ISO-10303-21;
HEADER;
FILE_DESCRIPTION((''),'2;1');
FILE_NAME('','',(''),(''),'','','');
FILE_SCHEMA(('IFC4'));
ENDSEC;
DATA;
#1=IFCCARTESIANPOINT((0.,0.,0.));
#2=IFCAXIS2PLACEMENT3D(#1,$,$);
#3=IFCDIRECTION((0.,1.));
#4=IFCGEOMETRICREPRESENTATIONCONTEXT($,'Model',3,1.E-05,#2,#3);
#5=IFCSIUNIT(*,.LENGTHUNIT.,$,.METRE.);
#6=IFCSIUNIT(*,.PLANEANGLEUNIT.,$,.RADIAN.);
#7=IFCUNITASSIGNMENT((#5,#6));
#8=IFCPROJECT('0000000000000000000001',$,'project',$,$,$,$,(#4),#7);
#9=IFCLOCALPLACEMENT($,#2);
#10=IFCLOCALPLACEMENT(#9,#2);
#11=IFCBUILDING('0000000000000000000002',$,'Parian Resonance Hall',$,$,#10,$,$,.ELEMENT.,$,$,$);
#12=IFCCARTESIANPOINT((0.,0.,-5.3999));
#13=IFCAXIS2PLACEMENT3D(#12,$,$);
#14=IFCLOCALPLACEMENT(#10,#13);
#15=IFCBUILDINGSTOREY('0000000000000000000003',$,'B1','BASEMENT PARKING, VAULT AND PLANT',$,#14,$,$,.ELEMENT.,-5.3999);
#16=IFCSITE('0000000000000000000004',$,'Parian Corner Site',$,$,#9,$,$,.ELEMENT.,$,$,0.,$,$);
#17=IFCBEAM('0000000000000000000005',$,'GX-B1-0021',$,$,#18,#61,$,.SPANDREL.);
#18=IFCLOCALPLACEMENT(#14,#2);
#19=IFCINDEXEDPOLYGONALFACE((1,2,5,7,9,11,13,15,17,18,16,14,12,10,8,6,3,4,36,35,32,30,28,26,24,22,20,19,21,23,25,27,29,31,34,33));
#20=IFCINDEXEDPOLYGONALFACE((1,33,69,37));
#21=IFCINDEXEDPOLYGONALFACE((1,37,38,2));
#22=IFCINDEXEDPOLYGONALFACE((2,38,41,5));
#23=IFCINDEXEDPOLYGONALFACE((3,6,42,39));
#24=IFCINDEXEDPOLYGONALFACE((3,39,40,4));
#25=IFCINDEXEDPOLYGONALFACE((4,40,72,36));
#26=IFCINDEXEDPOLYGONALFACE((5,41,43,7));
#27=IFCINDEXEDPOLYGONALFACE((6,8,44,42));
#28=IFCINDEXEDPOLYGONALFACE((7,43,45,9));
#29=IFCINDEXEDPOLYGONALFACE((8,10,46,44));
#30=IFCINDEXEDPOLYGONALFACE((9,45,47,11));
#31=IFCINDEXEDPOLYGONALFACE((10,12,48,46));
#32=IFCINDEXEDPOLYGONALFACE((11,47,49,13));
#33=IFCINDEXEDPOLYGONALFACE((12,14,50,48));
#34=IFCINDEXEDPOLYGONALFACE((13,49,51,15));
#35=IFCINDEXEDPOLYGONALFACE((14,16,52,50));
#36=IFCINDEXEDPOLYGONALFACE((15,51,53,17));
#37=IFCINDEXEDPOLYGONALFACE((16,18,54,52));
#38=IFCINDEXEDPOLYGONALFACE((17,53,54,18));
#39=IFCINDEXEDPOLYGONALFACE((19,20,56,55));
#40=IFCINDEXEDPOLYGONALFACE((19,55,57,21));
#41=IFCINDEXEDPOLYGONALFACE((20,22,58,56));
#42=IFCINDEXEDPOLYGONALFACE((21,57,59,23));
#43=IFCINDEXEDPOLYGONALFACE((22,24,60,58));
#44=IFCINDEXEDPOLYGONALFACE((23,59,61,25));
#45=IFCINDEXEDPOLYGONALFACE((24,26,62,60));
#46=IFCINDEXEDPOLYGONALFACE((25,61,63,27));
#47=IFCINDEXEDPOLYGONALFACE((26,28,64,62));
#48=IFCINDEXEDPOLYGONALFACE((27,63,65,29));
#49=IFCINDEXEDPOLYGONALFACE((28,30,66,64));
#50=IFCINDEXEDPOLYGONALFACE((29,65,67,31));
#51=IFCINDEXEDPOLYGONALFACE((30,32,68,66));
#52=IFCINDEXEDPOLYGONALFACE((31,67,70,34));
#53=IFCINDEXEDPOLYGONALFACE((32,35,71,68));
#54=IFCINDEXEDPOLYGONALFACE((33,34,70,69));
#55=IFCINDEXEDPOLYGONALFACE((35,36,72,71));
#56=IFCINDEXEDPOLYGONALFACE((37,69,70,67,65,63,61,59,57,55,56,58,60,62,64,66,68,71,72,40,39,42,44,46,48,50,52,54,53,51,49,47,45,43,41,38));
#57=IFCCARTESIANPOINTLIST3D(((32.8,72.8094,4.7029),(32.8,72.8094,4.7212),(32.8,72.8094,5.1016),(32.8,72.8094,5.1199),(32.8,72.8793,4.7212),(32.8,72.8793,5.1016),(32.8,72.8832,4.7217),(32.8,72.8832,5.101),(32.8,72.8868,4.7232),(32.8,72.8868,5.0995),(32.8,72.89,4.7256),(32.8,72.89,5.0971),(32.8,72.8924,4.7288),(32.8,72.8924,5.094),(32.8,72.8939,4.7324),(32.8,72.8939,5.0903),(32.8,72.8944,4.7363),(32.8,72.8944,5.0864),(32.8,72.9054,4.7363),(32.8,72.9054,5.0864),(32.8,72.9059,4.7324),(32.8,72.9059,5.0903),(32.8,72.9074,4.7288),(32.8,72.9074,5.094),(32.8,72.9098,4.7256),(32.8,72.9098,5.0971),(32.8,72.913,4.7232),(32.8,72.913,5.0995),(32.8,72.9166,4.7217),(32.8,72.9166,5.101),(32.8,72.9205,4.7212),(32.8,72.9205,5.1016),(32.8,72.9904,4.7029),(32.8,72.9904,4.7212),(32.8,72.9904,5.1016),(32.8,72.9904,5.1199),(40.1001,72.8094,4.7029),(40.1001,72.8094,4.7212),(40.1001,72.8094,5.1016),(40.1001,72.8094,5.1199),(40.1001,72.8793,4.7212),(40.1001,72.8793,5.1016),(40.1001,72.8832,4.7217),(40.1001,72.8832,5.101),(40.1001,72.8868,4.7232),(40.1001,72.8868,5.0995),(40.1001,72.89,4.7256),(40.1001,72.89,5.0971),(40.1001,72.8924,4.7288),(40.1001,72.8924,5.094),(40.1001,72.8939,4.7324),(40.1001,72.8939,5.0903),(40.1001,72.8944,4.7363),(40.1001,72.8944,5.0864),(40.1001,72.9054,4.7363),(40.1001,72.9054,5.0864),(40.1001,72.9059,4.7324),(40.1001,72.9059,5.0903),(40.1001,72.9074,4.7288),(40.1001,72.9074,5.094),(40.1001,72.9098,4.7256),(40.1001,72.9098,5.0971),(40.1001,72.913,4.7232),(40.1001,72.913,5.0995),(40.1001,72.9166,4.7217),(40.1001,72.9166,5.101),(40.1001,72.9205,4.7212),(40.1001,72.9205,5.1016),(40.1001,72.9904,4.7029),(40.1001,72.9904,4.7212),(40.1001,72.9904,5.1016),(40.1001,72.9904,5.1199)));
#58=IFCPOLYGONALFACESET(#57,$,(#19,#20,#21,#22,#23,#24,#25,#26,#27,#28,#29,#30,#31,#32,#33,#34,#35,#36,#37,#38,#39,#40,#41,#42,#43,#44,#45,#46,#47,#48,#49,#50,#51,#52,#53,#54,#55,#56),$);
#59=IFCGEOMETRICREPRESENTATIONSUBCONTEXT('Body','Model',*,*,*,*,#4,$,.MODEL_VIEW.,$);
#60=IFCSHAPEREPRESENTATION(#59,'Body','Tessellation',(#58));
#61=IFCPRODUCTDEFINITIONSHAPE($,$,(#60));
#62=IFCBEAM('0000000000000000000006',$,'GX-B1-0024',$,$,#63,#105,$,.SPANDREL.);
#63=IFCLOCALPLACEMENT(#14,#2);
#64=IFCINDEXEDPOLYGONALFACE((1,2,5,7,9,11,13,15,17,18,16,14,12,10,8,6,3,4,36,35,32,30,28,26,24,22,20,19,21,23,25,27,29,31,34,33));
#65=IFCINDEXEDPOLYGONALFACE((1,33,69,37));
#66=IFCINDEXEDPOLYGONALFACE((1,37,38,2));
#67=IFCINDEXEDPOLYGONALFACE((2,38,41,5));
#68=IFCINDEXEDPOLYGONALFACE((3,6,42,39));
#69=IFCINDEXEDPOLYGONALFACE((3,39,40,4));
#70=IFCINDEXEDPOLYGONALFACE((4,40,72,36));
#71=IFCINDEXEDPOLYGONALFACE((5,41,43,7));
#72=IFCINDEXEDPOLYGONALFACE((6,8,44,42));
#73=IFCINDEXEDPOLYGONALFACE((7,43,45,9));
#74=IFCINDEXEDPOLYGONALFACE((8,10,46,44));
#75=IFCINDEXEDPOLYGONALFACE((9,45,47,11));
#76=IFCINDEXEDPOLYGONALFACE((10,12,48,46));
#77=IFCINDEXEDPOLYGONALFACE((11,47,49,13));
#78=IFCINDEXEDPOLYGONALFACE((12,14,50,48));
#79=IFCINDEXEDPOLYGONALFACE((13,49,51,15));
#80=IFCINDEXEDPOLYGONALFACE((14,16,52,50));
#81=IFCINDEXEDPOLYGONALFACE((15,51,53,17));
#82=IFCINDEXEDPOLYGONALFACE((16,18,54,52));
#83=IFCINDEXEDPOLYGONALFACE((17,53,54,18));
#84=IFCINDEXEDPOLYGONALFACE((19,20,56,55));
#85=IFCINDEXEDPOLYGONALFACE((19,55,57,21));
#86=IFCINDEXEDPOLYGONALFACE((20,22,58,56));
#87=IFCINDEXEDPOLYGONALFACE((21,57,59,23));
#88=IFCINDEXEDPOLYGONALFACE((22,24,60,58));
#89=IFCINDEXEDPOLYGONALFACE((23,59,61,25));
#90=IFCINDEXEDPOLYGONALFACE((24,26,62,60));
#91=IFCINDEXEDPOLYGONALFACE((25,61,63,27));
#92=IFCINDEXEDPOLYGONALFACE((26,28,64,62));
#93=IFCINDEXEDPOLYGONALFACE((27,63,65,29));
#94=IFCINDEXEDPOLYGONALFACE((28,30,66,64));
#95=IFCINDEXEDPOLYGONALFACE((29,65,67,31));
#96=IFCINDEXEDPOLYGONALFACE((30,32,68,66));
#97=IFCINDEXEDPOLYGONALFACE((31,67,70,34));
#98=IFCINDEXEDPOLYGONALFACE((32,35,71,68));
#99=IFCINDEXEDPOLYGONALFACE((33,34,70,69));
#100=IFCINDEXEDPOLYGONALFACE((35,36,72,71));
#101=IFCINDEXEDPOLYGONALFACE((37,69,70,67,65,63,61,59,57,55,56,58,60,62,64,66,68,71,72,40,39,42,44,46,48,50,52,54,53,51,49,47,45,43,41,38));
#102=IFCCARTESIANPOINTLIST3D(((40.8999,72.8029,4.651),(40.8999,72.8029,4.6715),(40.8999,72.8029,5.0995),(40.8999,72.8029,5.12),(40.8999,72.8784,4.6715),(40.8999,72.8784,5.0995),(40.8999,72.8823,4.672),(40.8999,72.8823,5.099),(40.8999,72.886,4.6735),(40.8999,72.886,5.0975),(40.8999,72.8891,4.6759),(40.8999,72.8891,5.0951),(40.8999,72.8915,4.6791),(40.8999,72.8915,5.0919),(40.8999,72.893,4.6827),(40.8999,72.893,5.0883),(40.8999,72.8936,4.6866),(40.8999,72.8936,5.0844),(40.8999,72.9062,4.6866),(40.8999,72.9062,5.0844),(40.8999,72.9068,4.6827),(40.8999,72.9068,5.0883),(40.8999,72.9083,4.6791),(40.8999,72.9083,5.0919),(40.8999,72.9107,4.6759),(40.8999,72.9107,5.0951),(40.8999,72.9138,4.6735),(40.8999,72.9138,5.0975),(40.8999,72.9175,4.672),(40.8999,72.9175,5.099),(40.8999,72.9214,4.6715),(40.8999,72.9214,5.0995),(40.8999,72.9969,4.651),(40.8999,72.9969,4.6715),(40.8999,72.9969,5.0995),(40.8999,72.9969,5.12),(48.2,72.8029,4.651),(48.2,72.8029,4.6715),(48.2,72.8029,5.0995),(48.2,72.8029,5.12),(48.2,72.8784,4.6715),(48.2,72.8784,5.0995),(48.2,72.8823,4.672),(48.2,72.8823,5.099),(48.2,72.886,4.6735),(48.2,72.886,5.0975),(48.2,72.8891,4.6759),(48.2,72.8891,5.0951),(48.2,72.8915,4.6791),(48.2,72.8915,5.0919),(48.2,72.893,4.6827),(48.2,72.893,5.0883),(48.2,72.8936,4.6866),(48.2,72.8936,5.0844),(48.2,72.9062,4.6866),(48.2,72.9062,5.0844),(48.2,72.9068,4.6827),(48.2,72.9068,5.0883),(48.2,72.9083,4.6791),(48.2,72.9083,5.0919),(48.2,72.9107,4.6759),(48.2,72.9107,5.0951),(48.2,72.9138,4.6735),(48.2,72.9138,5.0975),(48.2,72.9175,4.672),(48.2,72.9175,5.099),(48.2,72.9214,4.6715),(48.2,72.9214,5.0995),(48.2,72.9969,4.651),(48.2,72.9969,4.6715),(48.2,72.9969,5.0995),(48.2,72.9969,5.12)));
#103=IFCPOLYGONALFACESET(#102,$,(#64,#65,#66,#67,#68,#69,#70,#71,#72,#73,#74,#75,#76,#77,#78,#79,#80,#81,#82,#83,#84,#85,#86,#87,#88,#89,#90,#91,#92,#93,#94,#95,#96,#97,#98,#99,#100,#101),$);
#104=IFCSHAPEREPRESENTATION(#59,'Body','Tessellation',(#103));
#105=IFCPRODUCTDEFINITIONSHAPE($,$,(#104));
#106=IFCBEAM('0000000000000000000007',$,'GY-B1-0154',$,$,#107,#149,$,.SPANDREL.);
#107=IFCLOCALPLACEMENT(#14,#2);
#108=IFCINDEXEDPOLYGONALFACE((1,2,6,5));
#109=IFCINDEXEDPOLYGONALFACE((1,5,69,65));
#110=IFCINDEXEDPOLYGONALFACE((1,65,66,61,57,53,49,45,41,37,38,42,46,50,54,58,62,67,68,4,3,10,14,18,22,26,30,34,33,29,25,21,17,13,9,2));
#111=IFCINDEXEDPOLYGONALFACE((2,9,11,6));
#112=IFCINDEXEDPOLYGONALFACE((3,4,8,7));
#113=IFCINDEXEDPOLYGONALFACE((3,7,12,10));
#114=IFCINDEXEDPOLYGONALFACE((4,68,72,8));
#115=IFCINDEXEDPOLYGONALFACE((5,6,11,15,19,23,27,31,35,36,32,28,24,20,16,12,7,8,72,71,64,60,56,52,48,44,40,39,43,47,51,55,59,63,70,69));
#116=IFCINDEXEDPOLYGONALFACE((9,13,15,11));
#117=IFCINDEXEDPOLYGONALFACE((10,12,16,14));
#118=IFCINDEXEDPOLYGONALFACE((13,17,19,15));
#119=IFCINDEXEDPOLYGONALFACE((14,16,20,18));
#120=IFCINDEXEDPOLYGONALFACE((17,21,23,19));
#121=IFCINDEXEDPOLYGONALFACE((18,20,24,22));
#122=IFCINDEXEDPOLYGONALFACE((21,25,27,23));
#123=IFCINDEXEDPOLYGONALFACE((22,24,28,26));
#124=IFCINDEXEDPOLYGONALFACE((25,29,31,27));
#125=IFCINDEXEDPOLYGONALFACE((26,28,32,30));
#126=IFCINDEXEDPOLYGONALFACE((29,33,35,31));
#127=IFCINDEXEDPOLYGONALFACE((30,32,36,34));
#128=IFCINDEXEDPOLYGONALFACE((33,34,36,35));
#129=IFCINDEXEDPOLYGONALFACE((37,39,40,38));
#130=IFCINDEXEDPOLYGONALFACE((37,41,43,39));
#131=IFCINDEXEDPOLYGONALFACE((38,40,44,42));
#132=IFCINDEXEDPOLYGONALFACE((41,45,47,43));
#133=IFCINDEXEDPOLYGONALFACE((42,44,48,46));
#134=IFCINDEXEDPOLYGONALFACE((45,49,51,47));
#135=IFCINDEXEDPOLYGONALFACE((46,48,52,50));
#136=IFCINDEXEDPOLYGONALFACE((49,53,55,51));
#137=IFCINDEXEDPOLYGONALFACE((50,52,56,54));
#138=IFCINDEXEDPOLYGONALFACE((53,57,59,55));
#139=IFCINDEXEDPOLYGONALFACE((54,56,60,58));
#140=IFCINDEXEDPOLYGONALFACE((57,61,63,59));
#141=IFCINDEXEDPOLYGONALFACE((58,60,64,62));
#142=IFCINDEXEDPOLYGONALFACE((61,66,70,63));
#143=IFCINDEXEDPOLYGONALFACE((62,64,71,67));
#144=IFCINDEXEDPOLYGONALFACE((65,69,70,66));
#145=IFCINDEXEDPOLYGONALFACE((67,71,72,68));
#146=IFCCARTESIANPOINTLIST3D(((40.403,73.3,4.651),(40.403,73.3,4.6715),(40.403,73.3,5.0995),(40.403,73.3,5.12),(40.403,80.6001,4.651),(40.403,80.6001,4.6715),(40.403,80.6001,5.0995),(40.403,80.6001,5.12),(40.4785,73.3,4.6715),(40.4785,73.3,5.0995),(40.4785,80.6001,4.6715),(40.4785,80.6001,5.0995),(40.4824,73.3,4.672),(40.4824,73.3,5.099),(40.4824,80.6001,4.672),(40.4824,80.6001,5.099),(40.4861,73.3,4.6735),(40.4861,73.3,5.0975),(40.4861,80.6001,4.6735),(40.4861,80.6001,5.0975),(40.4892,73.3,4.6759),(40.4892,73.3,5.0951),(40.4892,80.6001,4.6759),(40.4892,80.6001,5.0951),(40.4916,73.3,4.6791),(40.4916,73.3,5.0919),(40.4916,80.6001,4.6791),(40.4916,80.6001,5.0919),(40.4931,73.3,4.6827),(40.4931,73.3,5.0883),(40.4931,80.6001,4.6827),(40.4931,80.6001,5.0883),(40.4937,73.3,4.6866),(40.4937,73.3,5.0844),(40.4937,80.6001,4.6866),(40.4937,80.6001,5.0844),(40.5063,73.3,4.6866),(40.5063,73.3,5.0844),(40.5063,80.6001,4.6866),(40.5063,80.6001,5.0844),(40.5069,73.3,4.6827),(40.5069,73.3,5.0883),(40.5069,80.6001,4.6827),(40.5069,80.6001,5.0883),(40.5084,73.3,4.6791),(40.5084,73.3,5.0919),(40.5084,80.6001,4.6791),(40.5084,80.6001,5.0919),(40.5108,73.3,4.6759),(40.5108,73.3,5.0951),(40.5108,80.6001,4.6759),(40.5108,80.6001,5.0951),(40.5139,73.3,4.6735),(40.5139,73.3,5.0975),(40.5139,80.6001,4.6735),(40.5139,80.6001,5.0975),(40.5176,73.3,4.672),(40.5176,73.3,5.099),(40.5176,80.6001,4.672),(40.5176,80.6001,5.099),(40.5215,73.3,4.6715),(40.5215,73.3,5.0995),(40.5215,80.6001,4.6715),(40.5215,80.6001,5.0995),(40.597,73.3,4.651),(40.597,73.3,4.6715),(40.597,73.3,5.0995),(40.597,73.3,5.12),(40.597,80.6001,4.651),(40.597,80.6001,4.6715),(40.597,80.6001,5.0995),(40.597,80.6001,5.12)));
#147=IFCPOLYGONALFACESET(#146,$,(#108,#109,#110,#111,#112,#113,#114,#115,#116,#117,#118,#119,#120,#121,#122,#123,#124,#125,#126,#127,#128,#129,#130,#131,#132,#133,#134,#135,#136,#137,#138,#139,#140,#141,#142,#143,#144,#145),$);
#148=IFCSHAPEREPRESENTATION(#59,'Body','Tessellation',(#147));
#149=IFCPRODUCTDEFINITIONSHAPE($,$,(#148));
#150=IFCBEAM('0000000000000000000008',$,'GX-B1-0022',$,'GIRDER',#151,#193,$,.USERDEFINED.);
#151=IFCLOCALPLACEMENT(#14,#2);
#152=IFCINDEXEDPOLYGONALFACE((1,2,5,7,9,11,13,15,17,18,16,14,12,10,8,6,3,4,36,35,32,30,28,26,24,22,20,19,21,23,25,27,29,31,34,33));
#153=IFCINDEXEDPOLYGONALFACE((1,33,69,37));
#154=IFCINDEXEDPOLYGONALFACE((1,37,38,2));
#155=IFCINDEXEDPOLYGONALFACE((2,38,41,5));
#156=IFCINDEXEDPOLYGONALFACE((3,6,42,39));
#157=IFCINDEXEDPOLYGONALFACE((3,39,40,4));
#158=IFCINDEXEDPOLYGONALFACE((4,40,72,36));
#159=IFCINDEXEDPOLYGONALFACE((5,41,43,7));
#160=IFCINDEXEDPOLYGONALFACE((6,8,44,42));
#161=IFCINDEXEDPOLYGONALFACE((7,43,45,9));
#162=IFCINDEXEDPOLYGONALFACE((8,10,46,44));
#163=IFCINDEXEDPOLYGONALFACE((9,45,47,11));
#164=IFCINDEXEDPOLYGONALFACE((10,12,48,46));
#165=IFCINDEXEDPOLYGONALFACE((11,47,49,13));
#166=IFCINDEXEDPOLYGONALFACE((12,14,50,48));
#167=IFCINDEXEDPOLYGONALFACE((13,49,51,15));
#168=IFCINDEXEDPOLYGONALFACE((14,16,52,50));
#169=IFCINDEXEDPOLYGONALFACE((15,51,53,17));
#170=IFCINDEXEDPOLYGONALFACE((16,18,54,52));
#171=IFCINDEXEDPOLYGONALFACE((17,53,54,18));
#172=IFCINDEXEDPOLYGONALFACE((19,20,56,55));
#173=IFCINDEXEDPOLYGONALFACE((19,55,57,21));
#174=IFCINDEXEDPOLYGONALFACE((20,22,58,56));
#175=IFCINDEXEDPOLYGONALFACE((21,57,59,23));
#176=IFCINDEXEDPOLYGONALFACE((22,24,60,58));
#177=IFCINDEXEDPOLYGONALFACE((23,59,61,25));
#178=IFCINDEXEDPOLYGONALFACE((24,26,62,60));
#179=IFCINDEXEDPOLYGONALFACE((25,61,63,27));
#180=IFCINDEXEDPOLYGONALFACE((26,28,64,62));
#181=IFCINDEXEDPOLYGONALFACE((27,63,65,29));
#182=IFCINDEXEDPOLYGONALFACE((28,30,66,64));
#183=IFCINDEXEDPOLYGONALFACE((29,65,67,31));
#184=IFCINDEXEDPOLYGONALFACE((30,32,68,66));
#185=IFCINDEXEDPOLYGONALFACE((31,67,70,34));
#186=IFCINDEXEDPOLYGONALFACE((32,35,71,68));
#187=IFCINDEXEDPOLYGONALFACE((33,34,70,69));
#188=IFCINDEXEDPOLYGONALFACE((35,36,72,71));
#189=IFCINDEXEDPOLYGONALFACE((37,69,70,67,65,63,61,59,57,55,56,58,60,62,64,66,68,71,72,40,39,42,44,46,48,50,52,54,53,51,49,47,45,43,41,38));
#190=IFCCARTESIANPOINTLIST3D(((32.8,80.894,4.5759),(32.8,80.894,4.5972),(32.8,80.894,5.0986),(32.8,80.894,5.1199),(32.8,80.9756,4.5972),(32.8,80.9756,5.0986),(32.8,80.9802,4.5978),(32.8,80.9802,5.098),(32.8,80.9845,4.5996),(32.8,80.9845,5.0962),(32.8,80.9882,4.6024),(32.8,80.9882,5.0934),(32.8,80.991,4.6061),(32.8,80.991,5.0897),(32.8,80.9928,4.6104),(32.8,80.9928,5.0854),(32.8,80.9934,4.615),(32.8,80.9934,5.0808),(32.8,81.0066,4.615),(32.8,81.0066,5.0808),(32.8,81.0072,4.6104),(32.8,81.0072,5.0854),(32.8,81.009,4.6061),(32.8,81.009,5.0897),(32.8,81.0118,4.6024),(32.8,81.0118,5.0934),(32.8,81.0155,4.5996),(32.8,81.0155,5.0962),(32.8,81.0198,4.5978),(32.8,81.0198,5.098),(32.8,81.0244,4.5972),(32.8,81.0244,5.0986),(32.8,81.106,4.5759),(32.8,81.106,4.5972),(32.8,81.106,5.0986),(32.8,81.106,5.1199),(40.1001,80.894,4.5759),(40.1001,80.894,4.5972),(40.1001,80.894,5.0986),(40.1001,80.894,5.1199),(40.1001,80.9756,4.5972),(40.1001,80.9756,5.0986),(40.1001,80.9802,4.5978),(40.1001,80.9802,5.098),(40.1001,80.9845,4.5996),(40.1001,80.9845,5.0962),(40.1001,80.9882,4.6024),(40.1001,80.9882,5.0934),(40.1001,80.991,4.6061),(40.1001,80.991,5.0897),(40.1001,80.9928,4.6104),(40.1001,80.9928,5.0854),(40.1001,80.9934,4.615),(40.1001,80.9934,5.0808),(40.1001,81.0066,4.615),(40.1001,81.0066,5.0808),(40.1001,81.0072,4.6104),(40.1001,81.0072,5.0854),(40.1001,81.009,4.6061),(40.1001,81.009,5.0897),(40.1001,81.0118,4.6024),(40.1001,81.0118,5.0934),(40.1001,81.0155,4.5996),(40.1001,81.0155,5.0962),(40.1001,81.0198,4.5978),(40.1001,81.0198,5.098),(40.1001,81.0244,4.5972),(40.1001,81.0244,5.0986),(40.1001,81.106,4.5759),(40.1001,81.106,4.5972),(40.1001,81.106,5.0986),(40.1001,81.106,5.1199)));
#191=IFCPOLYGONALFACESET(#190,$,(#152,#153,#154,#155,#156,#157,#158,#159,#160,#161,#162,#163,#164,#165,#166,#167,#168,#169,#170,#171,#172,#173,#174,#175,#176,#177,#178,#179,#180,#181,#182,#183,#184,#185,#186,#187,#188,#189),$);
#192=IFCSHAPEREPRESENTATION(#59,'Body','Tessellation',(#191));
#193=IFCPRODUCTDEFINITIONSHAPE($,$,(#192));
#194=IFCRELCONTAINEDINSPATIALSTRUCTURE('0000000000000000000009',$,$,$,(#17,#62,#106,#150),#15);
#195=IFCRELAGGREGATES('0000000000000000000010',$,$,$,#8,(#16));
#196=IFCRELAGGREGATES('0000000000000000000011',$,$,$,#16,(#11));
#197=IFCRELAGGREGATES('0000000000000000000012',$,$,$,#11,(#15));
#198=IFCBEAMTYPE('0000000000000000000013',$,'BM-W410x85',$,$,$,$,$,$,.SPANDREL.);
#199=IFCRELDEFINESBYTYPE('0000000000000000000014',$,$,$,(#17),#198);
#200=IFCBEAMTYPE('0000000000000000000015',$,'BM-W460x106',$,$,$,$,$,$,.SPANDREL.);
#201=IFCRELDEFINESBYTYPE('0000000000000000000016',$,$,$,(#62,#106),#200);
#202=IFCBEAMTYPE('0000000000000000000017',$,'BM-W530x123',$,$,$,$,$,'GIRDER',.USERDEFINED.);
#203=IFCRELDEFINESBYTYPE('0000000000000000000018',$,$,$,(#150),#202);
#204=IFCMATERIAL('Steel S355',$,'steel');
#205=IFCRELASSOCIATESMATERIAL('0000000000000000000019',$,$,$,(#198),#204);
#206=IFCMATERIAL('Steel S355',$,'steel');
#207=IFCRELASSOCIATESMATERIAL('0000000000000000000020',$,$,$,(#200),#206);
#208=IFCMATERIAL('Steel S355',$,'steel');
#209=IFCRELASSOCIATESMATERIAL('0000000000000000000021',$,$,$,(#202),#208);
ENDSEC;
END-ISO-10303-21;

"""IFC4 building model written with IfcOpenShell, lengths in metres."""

from ifc_helpers import new_model, si_unit, direction, frame, origin, origin_2d, place, context, subcontext, project, spatial, i_section, extrude, material, material_profile, profile_set, type_object, element, save


model = new_model("IFC4")

# Units and contexts
model_context = context("Model", 3, precision=1e-05, world=origin(), true_north=direction((0.0, 1.0)))
body_context = subcontext(model_context, "Body", "Model", "MODEL_VIEW")
ifc_project = project(units=[si_unit("LENGTHUNIT", "METRE"), si_unit("PLANEANGLEUNIT", "RADIAN")], contexts=[model_context])

# Site, building, storey
site_placement = place(None, origin())
site = spatial("IfcSite", under=ifc_project, at=site_placement, Name="Parian Corner Site", CompositionType="ELEMENT", RefElevation=0.0)
building_placement = place(site_placement, origin())
building = spatial("IfcBuilding", under=site, at=building_placement, Name="Parian Resonance Hall", CompositionType="ELEMENT")
storey_placement = place(building_placement, frame((0.0, 0.0, -5.3999)))
storey = spatial("IfcBuildingStorey", under=building, at=storey_placement, Name="B1", Description="BASEMENT PARKING, VAULT AND PLANT", CompositionType="ELEMENT", Elevation=-5.3999)

# Beams
ifc_material_1 = material(Name="Steel S355", Category="steel")
ifc_material_profile_1 = material_profile(ifc_material_1, i_section(OverallWidth=0.1809, OverallDepth=0.417, WebThickness=0.011, FlangeThickness=0.0183, FilletRadius=0.0151, at=origin_2d()), Name="W410x85")
ifc_profile_set_1 = profile_set([ifc_material_profile_1], Name="Steel S355")
beam_type_1 = type_object("IfcBeamType", Name="BM-W410x85", PredefinedType="SPANDREL", material=ifc_profile_set_1)
beam_1_placement = place(storey_placement, frame((32.8, 72.8999, 4.9114), z_axis=(1.0, 0.0, 0.0), x_axis=(0.0, 1.0, 0.0)))
element("IfcBeam", 1, at=beam_1_placement, inside=storey, type_object=beam_type_1, Name="GX-B1-0021", PredefinedType="SPANDREL", context=body_context, shape_type="SweptSolid", body=[
    extrude(i_section(OverallWidth=0.1809, OverallDepth=0.417, WebThickness=0.011, FlangeThickness=0.0183, FilletRadius=0.0151, at=origin_2d()), origin(), (0.0, 0.0, 1.0), 7.3),
])
ifc_material_2 = material(Name="Steel S355", Category="steel")
ifc_material_profile_2 = material_profile(ifc_material_2, i_section(OverallWidth=0.1941, OverallDepth=0.469, WebThickness=0.0127, FlangeThickness=0.0205, FilletRadius=0.0151, at=origin_2d()), Name="W460x106")
ifc_profile_set_2 = profile_set([ifc_material_profile_2], Name="Steel S355")
beam_type_2 = type_object("IfcBeamType", Name="BM-W460x106", PredefinedType="SPANDREL", material=ifc_profile_set_2)
for number, where, z_axis, x_axis, name in (
    (2, (40.8999, 72.8999, 4.8855), (1.0, 0.0, 0.0), (0.0, 1.0, 0.0), "GX-B1-0024"),
    (3, (40.5, 73.3, 4.8855), (0.0, 1.0, 0.0), (-1.0, 0.0, 0.0), "GY-B1-0154"),
):
    element("IfcBeam", number, at=place(storey_placement, frame(where, z_axis=z_axis, x_axis=x_axis)), inside=storey, type_object=beam_type_2, Name=name, PredefinedType="SPANDREL", context=body_context, shape_type="SweptSolid", body=[
        extrude(i_section(OverallWidth=0.1941, OverallDepth=0.469, WebThickness=0.0127, FlangeThickness=0.0205, FilletRadius=0.0151, at=origin_2d()), origin(), (0.0, 0.0, 1.0), 7.3),
    ])
ifc_material_3 = material(Name="Steel S355", Category="steel")
ifc_material_profile_3 = material_profile(ifc_material_3, i_section(OverallWidth=0.2119, OverallDepth=0.5439, WebThickness=0.0132, FlangeThickness=0.0212, FilletRadius=0.0178, at=origin_2d()), Name="W530x123")
ifc_profile_set_3 = profile_set([ifc_material_profile_3], Name="Steel S355")
beam_type_3 = type_object("IfcBeamType", Name="BM-W530x123", ElementType="GIRDER", PredefinedType="USERDEFINED", material=ifc_profile_set_3)
beam_2_placement = place(storey_placement, frame((32.8, 81.0, 4.8479), z_axis=(1.0, 0.0, 0.0), x_axis=(0.0, 1.0, 0.0)))
element("IfcBeam", 4, at=beam_2_placement, inside=storey, type_object=beam_type_3, Name="GX-B1-0022", ObjectType="GIRDER", PredefinedType="USERDEFINED", context=body_context, shape_type="SweptSolid", body=[
    extrude(i_section(OverallWidth=0.2119, OverallDepth=0.5439, WebThickness=0.0132, FlangeThickness=0.0212, FilletRadius=0.0178, at=origin_2d()), origin(), (0.0, 0.0, 1.0), 7.3),
])

save(model, "model.ifc")
